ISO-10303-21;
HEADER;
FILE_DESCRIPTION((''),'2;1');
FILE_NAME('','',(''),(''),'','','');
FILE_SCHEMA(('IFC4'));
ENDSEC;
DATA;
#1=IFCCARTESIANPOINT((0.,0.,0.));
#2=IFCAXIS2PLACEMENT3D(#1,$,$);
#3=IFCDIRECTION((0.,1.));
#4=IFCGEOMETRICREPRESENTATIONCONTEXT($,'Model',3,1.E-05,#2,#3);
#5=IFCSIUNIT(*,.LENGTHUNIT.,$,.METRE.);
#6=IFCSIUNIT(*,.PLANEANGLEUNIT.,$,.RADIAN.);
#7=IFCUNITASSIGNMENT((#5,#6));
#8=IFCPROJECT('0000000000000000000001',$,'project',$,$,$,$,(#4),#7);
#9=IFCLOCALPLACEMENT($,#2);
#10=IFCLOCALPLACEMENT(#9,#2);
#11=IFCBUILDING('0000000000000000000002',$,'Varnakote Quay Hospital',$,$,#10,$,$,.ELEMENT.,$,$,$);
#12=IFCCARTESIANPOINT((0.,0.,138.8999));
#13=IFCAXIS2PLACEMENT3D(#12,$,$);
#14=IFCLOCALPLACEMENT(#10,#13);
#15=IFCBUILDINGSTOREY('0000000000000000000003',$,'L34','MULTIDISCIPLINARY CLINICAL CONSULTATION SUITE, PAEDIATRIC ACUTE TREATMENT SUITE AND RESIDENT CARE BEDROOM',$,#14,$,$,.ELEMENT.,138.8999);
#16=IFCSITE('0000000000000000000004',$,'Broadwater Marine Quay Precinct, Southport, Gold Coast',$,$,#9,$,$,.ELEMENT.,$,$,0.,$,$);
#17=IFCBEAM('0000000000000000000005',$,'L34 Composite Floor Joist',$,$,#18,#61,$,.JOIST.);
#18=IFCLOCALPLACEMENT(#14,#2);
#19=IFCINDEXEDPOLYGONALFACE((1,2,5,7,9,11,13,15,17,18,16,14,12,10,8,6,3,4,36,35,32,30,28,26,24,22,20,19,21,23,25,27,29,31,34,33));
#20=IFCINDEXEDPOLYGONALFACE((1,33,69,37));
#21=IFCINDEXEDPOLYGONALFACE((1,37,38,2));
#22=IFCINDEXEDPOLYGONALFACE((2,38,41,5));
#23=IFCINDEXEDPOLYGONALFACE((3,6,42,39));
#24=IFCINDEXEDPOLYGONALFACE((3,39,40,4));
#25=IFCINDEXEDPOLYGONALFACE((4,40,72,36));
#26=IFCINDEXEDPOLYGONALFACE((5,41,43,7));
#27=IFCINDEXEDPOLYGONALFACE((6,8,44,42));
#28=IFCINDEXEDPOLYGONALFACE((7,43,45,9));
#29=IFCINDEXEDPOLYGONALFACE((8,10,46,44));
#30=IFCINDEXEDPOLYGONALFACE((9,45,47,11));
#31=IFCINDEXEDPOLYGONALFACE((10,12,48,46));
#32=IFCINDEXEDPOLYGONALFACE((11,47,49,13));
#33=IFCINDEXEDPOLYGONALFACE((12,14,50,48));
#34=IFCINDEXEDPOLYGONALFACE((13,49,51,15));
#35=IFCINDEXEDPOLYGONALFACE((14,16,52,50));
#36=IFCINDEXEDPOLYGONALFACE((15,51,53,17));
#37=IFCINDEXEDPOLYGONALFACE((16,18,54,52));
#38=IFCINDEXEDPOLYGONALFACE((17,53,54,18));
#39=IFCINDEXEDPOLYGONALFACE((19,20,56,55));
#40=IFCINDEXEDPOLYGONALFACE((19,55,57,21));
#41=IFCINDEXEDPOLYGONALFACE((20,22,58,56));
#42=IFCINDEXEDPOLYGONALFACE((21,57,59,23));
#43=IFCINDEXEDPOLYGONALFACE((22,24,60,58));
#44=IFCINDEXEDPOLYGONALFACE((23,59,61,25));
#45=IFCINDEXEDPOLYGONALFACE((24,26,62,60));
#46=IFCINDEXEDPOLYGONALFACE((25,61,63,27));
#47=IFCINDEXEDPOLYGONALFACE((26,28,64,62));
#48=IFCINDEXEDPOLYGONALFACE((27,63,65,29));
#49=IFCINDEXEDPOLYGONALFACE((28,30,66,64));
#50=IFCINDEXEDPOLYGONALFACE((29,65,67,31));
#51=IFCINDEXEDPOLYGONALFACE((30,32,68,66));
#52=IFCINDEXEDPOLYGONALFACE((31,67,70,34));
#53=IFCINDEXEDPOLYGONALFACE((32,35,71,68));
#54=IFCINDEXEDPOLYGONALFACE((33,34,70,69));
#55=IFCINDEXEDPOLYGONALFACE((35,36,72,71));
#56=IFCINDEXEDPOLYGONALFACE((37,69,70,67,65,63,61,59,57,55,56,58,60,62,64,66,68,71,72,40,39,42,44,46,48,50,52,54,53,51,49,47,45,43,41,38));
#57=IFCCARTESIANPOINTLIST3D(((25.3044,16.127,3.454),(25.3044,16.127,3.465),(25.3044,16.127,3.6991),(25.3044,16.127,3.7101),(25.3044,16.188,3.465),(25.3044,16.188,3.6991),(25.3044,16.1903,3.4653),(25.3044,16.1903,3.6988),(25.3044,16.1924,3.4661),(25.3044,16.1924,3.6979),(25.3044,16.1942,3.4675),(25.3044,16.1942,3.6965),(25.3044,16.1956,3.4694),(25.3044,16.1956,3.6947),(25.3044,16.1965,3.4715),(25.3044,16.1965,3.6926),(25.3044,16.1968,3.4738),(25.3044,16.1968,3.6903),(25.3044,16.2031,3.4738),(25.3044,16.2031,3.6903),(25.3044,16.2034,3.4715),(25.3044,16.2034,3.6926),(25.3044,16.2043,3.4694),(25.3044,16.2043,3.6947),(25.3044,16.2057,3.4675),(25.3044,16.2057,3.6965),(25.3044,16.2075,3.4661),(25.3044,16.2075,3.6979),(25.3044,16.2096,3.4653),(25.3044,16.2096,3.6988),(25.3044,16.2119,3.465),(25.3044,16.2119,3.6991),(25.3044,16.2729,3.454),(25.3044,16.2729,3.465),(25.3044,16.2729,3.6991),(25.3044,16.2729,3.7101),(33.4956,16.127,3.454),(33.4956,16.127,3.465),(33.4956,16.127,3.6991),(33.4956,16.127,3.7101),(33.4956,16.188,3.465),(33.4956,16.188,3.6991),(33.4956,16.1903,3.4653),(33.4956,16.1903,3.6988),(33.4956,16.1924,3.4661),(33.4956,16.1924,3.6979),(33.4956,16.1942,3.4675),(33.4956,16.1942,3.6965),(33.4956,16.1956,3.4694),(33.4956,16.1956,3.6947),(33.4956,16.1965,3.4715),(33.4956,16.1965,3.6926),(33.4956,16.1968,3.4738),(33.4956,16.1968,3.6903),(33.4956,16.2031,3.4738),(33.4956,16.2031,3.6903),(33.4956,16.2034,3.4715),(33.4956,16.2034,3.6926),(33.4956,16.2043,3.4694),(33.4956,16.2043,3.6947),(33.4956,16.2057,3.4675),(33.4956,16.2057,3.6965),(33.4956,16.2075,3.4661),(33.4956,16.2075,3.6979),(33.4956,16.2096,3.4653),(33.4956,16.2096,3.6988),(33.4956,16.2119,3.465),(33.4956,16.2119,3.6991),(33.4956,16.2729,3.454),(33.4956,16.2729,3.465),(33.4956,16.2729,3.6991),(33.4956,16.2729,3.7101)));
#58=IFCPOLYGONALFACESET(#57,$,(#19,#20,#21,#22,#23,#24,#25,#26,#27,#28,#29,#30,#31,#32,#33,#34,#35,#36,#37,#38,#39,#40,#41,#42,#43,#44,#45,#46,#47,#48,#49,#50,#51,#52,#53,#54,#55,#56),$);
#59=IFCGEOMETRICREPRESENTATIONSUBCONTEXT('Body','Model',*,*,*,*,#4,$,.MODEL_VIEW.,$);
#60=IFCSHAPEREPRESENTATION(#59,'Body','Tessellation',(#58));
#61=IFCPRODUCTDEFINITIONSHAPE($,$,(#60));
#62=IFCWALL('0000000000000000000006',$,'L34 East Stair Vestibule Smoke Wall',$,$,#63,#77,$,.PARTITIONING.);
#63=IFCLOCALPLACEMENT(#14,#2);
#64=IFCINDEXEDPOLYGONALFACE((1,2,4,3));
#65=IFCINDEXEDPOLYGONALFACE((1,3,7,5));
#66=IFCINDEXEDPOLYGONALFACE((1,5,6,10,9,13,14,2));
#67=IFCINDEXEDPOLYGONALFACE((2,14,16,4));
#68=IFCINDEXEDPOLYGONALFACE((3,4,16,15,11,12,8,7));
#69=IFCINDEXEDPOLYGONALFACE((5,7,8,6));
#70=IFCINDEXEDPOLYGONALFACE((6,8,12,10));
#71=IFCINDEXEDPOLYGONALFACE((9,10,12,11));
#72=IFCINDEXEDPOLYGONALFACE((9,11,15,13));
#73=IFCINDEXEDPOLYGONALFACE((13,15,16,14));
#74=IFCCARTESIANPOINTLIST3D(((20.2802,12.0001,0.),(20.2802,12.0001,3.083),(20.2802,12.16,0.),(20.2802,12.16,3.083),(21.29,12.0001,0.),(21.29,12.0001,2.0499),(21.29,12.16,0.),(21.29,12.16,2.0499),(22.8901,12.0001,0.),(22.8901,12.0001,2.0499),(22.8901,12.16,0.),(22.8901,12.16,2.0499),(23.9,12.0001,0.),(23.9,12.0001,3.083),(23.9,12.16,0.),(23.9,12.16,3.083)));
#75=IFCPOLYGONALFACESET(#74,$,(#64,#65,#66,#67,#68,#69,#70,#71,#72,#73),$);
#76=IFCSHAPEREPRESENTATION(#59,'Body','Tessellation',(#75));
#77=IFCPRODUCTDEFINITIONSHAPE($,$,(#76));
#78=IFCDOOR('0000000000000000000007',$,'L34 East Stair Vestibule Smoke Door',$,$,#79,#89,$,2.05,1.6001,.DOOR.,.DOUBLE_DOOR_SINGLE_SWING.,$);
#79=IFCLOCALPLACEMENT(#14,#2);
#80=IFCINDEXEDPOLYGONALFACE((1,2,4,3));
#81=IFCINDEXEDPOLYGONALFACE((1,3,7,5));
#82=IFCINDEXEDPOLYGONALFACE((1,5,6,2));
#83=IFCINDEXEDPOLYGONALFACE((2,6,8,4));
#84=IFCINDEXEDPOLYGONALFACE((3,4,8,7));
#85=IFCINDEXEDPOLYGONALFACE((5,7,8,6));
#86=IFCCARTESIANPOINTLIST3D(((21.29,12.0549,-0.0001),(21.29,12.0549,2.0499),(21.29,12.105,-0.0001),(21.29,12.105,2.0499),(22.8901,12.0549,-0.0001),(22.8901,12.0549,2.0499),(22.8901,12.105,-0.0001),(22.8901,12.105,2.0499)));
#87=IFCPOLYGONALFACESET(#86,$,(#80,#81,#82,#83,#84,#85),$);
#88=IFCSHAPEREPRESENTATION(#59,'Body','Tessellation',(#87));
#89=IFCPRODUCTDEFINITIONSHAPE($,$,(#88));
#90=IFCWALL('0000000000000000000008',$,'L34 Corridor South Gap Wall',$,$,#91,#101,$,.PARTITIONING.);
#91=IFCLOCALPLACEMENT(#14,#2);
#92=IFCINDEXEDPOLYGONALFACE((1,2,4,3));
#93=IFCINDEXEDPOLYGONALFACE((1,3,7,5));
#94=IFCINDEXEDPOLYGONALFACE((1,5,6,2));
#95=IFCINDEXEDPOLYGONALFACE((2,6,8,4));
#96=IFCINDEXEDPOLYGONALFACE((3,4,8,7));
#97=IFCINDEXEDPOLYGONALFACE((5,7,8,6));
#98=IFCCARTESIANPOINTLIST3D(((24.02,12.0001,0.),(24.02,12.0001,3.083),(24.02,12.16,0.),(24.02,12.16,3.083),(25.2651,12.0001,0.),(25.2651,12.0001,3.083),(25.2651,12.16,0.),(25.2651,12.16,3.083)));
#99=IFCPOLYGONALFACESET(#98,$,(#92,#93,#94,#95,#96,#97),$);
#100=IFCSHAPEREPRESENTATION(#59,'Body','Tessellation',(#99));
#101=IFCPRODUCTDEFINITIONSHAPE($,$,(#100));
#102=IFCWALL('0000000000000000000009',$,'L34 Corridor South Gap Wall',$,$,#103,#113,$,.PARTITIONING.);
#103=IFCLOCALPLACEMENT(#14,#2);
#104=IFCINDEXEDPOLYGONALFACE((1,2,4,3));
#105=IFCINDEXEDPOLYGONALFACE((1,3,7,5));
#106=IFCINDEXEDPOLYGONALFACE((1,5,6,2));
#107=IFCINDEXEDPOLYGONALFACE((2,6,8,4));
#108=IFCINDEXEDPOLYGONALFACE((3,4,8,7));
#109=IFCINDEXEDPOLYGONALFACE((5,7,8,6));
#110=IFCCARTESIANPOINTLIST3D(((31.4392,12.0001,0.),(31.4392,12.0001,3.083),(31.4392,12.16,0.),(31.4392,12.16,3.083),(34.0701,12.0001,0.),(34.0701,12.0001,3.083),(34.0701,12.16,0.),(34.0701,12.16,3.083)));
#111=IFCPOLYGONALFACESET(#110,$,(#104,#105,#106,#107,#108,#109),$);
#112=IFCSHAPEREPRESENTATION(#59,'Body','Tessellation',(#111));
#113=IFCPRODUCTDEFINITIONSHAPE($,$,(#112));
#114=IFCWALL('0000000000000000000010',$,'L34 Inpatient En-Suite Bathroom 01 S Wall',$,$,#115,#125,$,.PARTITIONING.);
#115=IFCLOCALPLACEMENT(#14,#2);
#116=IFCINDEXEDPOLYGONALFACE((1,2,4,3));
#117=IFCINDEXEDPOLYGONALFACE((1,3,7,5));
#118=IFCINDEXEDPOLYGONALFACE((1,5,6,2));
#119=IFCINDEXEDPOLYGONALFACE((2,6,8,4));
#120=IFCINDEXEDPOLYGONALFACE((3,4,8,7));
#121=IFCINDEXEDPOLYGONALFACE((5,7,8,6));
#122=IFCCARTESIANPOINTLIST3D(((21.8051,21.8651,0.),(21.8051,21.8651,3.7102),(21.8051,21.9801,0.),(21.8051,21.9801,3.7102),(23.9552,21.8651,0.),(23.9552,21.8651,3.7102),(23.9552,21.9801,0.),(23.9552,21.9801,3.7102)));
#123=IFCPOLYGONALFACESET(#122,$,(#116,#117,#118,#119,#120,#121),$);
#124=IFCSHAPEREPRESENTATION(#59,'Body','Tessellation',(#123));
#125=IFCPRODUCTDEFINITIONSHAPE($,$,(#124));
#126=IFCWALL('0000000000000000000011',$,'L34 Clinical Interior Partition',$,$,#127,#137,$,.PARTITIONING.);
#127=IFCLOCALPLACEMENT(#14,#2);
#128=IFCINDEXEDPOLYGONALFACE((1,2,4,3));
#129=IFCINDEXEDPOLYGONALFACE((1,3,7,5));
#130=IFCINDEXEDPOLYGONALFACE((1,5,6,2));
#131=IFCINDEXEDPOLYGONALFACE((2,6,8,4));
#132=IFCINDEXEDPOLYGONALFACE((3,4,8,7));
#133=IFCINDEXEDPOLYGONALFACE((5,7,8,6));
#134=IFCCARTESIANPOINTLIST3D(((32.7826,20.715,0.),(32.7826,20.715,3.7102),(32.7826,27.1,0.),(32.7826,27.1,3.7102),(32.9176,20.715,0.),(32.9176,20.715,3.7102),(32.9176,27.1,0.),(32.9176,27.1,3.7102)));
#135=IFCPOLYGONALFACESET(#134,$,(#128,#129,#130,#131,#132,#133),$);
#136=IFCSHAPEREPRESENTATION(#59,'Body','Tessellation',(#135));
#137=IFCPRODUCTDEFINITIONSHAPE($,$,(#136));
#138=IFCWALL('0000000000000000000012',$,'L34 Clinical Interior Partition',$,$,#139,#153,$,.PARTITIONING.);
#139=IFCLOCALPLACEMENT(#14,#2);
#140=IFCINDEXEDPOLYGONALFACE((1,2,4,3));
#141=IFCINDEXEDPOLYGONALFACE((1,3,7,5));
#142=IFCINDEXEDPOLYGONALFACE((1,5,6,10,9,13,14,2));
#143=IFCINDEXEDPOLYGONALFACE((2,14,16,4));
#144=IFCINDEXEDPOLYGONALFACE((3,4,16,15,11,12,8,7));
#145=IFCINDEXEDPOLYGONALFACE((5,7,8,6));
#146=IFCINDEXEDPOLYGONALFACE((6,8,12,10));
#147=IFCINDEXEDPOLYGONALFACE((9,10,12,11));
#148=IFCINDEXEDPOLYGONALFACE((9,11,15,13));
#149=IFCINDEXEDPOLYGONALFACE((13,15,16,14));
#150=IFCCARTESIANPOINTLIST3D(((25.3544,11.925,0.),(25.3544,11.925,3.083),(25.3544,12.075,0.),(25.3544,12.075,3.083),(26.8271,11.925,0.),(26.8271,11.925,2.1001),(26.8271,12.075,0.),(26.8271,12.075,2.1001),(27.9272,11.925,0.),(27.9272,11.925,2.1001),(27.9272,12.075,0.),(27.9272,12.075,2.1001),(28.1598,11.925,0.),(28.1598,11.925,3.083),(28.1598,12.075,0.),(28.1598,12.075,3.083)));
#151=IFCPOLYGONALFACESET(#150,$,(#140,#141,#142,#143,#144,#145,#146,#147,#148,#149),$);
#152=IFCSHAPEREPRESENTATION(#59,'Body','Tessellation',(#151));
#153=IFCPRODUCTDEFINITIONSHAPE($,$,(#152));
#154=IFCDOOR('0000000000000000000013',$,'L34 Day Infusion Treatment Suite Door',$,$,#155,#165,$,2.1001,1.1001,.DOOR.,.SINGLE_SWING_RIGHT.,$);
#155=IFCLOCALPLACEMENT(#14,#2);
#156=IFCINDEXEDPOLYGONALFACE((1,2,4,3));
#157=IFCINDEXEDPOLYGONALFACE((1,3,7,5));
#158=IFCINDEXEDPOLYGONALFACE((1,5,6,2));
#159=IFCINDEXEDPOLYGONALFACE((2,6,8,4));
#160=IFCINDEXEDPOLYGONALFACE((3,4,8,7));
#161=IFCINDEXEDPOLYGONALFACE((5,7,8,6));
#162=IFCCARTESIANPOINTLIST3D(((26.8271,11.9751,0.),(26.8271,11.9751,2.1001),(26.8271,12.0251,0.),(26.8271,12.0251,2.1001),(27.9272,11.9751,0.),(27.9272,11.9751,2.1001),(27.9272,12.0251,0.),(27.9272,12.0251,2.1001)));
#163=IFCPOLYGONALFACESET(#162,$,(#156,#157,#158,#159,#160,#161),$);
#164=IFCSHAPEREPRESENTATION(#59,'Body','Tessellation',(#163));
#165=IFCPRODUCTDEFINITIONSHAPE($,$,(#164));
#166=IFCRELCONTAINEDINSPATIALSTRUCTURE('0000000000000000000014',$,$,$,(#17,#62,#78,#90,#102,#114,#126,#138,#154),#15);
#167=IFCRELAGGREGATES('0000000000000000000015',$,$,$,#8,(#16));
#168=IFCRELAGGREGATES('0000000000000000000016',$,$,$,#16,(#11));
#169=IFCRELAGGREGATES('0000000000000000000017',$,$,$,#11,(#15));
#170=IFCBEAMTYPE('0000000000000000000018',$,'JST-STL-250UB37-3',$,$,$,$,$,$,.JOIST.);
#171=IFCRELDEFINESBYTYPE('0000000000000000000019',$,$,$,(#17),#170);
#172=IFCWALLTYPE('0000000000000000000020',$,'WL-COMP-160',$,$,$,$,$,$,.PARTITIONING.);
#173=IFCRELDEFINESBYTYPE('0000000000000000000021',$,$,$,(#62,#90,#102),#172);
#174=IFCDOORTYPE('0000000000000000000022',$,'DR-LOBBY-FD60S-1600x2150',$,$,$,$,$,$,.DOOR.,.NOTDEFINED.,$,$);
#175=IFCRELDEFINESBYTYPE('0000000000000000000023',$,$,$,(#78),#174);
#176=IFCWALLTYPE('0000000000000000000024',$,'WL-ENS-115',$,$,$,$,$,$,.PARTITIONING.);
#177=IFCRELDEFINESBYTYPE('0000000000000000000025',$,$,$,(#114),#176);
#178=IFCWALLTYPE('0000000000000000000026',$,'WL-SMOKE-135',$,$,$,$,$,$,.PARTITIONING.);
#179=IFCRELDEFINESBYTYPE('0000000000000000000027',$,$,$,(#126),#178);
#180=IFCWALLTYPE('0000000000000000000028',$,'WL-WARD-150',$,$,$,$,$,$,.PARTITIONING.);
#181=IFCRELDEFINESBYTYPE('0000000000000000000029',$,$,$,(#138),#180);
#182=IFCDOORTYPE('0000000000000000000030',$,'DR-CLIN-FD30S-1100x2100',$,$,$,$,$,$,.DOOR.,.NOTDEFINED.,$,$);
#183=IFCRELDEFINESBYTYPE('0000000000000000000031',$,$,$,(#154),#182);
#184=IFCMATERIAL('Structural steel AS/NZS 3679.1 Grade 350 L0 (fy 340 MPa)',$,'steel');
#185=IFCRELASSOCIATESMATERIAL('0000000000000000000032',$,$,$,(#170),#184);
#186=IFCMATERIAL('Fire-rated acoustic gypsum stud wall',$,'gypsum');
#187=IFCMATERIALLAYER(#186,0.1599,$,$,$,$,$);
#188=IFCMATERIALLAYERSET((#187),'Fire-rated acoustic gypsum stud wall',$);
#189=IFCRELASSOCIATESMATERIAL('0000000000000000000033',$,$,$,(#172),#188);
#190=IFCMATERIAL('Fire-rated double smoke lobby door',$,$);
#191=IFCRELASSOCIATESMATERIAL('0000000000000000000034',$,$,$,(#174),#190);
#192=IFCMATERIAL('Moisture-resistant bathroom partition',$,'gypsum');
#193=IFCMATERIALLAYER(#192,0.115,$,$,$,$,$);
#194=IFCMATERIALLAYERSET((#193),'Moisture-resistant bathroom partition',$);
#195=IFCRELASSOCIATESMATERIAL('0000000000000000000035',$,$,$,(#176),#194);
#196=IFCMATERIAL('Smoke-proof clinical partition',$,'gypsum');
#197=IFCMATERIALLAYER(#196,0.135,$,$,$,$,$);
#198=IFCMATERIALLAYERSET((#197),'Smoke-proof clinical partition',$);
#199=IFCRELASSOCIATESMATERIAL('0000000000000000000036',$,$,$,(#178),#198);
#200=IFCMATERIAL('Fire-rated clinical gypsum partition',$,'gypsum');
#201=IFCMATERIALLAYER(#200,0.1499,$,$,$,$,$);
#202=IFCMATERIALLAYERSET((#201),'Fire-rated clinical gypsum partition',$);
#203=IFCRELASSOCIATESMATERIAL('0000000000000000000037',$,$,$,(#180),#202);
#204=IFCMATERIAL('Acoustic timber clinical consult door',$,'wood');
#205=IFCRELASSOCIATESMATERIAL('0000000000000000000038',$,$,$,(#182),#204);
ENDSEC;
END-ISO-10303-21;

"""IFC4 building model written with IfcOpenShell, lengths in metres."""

from ifc_helpers import new_model, si_unit, direction, frame, frame_2d, origin, origin_2d, place, context, subcontext, project, spatial, rectangle, i_section, extrude, material, layer, layer_set, material_profile, profile_set, type_object, element, fill, save


model = new_model("IFC4")

# Units and contexts
model_context = context("Model", 3, precision=1e-05, world=origin(), true_north=direction((0.0, 1.0)))
body_context = subcontext(model_context, "Body", "Model", "MODEL_VIEW")
ifc_project = project(units=[si_unit("LENGTHUNIT", "METRE"), si_unit("PLANEANGLEUNIT", "RADIAN")], contexts=[model_context])

# Site, building, storey
site_placement = place(None, origin())
site = spatial("IfcSite", under=ifc_project, at=site_placement, Name="Broadwater Marine Quay Precinct, Southport, Gold Coast", CompositionType="ELEMENT", RefElevation=0.0)
building_placement = place(site_placement, origin())
building = spatial("IfcBuilding", under=site, at=building_placement, Name="Varnakote Quay Hospital", CompositionType="ELEMENT")
storey_placement = place(building_placement, frame((0.0, 0.0, 138.8999)))
storey = spatial("IfcBuildingStorey", under=building, at=storey_placement, Name="L34", Description="MULTIDISCIPLINARY CLINICAL CONSULTATION SUITE, PAEDIATRIC ACUTE TREATMENT SUITE AND RESIDENT CARE BEDROOM", CompositionType="ELEMENT", Elevation=138.8999)

# Beam
ifc_material_1 = material(Name="Structural steel AS/NZS 3679.1 Grade 350 L0 (fy 340 MPa)", Category="steel")
ifc_material_profile_1 = material_profile(ifc_material_1, i_section(OverallWidth=0.146, OverallDepth=0.2561, WebThickness=0.0063, FlangeThickness=0.011, FilletRadius=0.0088, at=origin_2d()), Name="250UB37.3")
ifc_profile_set_1 = profile_set([ifc_material_profile_1], Name="Structural steel AS/NZS 3679.1 Grade 350 L0 (fy 340 MPa)")
beam_type_1 = type_object("IfcBeamType", Name="JST-STL-250UB37-3", PredefinedType="JOIST", material=ifc_profile_set_1)
beam_1_placement = place(storey_placement, frame((25.3044, 16.2, 3.582), z_axis=(1.0, 0.0, 0.0), x_axis=(0.0, 1.0, 0.0)))
element("IfcBeam", 1, at=beam_1_placement, inside=storey, type_object=beam_type_1, Name="L34 Composite Floor Joist", PredefinedType="JOIST", context=body_context, shape_type="SweptSolid", body=[
    extrude(i_section(OverallWidth=0.146, OverallDepth=0.2561, WebThickness=0.0063, FlangeThickness=0.011, FilletRadius=0.0088, at=origin_2d()), origin(), (0.0, 0.0, 1.0), 8.1912),
])

# Wall, opening, door
ifc_material_2 = material(Name="Fire-rated acoustic gypsum stud wall", Category="gypsum")
ifc_layer_1 = layer(ifc_material_2, 0.1599)
ifc_layer_set_1 = layer_set([ifc_layer_1], Name="Fire-rated acoustic gypsum stud wall")
wall_type_1 = type_object("IfcWallType", Name="WL-COMP-160", PredefinedType="PARTITIONING", material=ifc_layer_set_1)
wall_1_placement = place(storey_placement, frame((20.28, 12.0801, 0.0), z_axis=(0.0, 0.0, 1.0), x_axis=(1.0, 0.0, 0.0)))
wall_1 = element("IfcWall", 2, at=wall_1_placement, inside=storey, type_object=wall_type_1, Name="L34 East Stair Vestibule Smoke Wall", PredefinedType="PARTITIONING", context=body_context, shape_type="SweptSolid", body=[
    extrude(rectangle(XDim=3.6199, YDim=0.1599, at=frame_2d((1.8101, 0.0))), origin(), (0.0, 0.0, 1.0), 3.083),
])
opening_1_placement = place(wall_1_placement, frame((1.01, 0.0, 0.0)))
opening_1 = element("IfcOpeningElement", 3, at=opening_1_placement, cuts=wall_1, PredefinedType="OPENING", context=body_context, shape_type="SweptSolid", body=[
    extrude(rectangle(XDim=1.6001, YDim=2.05, at=frame_2d((0.8, 1.0249))), frame((0.0, 0.0898, 0.0), z_axis=(0.0, -1.0, 0.0), x_axis=(1.0, 0.0, 0.0)), (0.0, 0.0, 1.0), 0.1799),
])
ifc_material_3 = material(Name="Fire-rated double smoke lobby door")
door_type_1 = type_object("IfcDoorType", Name="DR-LOBBY-FD60S-1600x2150", OperationType="NOTDEFINED", PredefinedType="DOOR", material=ifc_material_3)
door_1_placement = place(opening_1_placement, origin())
door_1 = element("IfcDoor", 4, at=door_1_placement, inside=storey, type_object=door_type_1, Name="L34 East Stair Vestibule Smoke Door", OperationType="DOUBLE_DOOR_SINGLE_SWING", OverallHeight=2.05, OverallWidth=1.6001, PredefinedType="DOOR", context=body_context, shape_type="SweptSolid", body=[
    extrude(rectangle(XDim=1.6001, YDim=2.05, at=frame_2d((0.8, 1.0249))), frame((0.0, 0.0249, 0.0), z_axis=(0.0, -1.0, 0.0), x_axis=(1.0, 0.0, 0.0)), (0.0, 0.0, 1.0), 0.05),
])
fill(opening_1, door_1)

# Walls
wall_2_placement = place(storey_placement, frame((24.02, 12.0801, 0.0), z_axis=(0.0, 0.0, 1.0), x_axis=(1.0, 0.0, 0.0)))
element("IfcWall", 5, at=wall_2_placement, inside=storey, type_object=wall_type_1, Name="L34 Corridor South Gap Wall", PredefinedType="PARTITIONING", context=body_context, shape_type="SweptSolid", body=[
    extrude(rectangle(XDim=1.2451, YDim=0.1599, at=frame_2d((0.6226, 0.0))), origin(), (0.0, 0.0, 1.0), 3.083),
])
wall_3_placement = place(storey_placement, frame((31.4392, 12.0801, 0.0), z_axis=(0.0, 0.0, 1.0), x_axis=(1.0, 0.0, 0.0)))
element("IfcWall", 6, at=wall_3_placement, inside=storey, type_object=wall_type_1, Name="L34 Corridor South Gap Wall", PredefinedType="PARTITIONING", context=body_context, shape_type="SweptSolid", body=[
    extrude(rectangle(XDim=2.6309, YDim=0.1599, at=frame_2d((1.3154, 0.0))), origin(), (0.0, 0.0, 1.0), 3.083),
])
ifc_material_4 = material(Name="Moisture-resistant bathroom partition", Category="gypsum")
ifc_layer_2 = layer(ifc_material_4, 0.115)
ifc_layer_set_2 = layer_set([ifc_layer_2], Name="Moisture-resistant bathroom partition")
wall_type_2 = type_object("IfcWallType", Name="WL-ENS-115", PredefinedType="PARTITIONING", material=ifc_layer_set_2)
wall_4_placement = place(storey_placement, frame((21.8049, 21.9226, 0.0), z_axis=(0.0, 0.0, 1.0), x_axis=(1.0, 0.0, 0.0)))
element("IfcWall", 7, at=wall_4_placement, inside=storey, type_object=wall_type_2, Name="L34 Inpatient En-Suite Bathroom 01 S Wall", PredefinedType="PARTITIONING", context=body_context, shape_type="SweptSolid", body=[
    extrude(rectangle(XDim=2.1501, YDim=0.115, at=frame_2d((1.0752, 0.0))), origin(), (0.0, 0.0, 1.0), 3.7102),
])
ifc_material_5 = material(Name="Smoke-proof clinical partition", Category="gypsum")
ifc_layer_3 = layer(ifc_material_5, 0.135)
ifc_layer_set_3 = layer_set([ifc_layer_3], Name="Smoke-proof clinical partition")
wall_type_3 = type_object("IfcWallType", Name="WL-SMOKE-135", PredefinedType="PARTITIONING", material=ifc_layer_set_3)
wall_5_placement = place(storey_placement, frame((32.8501, 20.7151, 0.0), z_axis=(0.0, 0.0, 1.0), x_axis=(0.0, 1.0, 0.0)))
element("IfcWall", 8, at=wall_5_placement, inside=storey, type_object=wall_type_3, Name="L34 Clinical Interior Partition", PredefinedType="PARTITIONING", context=body_context, shape_type="SweptSolid", body=[
    extrude(rectangle(XDim=6.385, YDim=0.135, at=frame_2d((3.1924, 0.0))), origin(), (0.0, 0.0, 1.0), 3.7102),
])

# Wall, opening, door
ifc_material_6 = material(Name="Fire-rated clinical gypsum partition", Category="gypsum")
ifc_layer_4 = layer(ifc_material_6, 0.1499)
ifc_layer_set_4 = layer_set([ifc_layer_4], Name="Fire-rated clinical gypsum partition")
wall_type_4 = type_object("IfcWallType", Name="WL-WARD-150", PredefinedType="PARTITIONING", material=ifc_layer_set_4)
wall_6_placement = place(storey_placement, frame((28.1599, 12.0, 0.0), z_axis=(0.0, 0.0, 1.0), x_axis=(-1.0, 0.0, 0.0)))
wall_6 = element("IfcWall", 9, at=wall_6_placement, inside=storey, type_object=wall_type_4, Name="L34 Clinical Interior Partition", PredefinedType="PARTITIONING", context=body_context, shape_type="SweptSolid", body=[
    extrude(rectangle(XDim=2.8054, YDim=0.1499, at=frame_2d((1.4028, 0.0))), origin(), (0.0, 0.0, 1.0), 3.083),
])
opening_2_placement = place(wall_6_placement, frame((0.2327, 0.0, 0.0)))
opening_2 = element("IfcOpeningElement", 10, at=opening_2_placement, cuts=wall_6, PredefinedType="OPENING", context=body_context, shape_type="SweptSolid", body=[
    extrude(rectangle(XDim=1.1001, YDim=2.1001, at=frame_2d((0.55, 1.05))), frame((0.0, 0.085, 0.0), z_axis=(0.0, -1.0, 0.0), x_axis=(1.0, 0.0, 0.0)), (0.0, 0.0, 1.0), 0.1699),
])
ifc_material_7 = material(Name="Acoustic timber clinical consult door", Category="wood")
door_type_2 = type_object("IfcDoorType", Name="DR-CLIN-FD30S-1100x2100", OperationType="NOTDEFINED", PredefinedType="DOOR", material=ifc_material_7)
door_2_placement = place(opening_2_placement, origin())
door_2 = element("IfcDoor", 11, at=door_2_placement, inside=storey, type_object=door_type_2, Name="L34 Day Infusion Treatment Suite Door", OperationType="SINGLE_SWING_RIGHT", OverallHeight=2.1001, OverallWidth=1.1001, PredefinedType="DOOR", context=body_context, shape_type="SweptSolid", body=[
    extrude(rectangle(XDim=1.1001, YDim=2.1001, at=frame_2d((0.55, 1.05))), frame((0.0, 0.0249, 0.0), z_axis=(0.0, -1.0, 0.0), x_axis=(1.0, 0.0, 0.0)), (0.0, 0.0, 1.0), 0.05),
])
fill(opening_2, door_2)

save(model, "model.ifc")
